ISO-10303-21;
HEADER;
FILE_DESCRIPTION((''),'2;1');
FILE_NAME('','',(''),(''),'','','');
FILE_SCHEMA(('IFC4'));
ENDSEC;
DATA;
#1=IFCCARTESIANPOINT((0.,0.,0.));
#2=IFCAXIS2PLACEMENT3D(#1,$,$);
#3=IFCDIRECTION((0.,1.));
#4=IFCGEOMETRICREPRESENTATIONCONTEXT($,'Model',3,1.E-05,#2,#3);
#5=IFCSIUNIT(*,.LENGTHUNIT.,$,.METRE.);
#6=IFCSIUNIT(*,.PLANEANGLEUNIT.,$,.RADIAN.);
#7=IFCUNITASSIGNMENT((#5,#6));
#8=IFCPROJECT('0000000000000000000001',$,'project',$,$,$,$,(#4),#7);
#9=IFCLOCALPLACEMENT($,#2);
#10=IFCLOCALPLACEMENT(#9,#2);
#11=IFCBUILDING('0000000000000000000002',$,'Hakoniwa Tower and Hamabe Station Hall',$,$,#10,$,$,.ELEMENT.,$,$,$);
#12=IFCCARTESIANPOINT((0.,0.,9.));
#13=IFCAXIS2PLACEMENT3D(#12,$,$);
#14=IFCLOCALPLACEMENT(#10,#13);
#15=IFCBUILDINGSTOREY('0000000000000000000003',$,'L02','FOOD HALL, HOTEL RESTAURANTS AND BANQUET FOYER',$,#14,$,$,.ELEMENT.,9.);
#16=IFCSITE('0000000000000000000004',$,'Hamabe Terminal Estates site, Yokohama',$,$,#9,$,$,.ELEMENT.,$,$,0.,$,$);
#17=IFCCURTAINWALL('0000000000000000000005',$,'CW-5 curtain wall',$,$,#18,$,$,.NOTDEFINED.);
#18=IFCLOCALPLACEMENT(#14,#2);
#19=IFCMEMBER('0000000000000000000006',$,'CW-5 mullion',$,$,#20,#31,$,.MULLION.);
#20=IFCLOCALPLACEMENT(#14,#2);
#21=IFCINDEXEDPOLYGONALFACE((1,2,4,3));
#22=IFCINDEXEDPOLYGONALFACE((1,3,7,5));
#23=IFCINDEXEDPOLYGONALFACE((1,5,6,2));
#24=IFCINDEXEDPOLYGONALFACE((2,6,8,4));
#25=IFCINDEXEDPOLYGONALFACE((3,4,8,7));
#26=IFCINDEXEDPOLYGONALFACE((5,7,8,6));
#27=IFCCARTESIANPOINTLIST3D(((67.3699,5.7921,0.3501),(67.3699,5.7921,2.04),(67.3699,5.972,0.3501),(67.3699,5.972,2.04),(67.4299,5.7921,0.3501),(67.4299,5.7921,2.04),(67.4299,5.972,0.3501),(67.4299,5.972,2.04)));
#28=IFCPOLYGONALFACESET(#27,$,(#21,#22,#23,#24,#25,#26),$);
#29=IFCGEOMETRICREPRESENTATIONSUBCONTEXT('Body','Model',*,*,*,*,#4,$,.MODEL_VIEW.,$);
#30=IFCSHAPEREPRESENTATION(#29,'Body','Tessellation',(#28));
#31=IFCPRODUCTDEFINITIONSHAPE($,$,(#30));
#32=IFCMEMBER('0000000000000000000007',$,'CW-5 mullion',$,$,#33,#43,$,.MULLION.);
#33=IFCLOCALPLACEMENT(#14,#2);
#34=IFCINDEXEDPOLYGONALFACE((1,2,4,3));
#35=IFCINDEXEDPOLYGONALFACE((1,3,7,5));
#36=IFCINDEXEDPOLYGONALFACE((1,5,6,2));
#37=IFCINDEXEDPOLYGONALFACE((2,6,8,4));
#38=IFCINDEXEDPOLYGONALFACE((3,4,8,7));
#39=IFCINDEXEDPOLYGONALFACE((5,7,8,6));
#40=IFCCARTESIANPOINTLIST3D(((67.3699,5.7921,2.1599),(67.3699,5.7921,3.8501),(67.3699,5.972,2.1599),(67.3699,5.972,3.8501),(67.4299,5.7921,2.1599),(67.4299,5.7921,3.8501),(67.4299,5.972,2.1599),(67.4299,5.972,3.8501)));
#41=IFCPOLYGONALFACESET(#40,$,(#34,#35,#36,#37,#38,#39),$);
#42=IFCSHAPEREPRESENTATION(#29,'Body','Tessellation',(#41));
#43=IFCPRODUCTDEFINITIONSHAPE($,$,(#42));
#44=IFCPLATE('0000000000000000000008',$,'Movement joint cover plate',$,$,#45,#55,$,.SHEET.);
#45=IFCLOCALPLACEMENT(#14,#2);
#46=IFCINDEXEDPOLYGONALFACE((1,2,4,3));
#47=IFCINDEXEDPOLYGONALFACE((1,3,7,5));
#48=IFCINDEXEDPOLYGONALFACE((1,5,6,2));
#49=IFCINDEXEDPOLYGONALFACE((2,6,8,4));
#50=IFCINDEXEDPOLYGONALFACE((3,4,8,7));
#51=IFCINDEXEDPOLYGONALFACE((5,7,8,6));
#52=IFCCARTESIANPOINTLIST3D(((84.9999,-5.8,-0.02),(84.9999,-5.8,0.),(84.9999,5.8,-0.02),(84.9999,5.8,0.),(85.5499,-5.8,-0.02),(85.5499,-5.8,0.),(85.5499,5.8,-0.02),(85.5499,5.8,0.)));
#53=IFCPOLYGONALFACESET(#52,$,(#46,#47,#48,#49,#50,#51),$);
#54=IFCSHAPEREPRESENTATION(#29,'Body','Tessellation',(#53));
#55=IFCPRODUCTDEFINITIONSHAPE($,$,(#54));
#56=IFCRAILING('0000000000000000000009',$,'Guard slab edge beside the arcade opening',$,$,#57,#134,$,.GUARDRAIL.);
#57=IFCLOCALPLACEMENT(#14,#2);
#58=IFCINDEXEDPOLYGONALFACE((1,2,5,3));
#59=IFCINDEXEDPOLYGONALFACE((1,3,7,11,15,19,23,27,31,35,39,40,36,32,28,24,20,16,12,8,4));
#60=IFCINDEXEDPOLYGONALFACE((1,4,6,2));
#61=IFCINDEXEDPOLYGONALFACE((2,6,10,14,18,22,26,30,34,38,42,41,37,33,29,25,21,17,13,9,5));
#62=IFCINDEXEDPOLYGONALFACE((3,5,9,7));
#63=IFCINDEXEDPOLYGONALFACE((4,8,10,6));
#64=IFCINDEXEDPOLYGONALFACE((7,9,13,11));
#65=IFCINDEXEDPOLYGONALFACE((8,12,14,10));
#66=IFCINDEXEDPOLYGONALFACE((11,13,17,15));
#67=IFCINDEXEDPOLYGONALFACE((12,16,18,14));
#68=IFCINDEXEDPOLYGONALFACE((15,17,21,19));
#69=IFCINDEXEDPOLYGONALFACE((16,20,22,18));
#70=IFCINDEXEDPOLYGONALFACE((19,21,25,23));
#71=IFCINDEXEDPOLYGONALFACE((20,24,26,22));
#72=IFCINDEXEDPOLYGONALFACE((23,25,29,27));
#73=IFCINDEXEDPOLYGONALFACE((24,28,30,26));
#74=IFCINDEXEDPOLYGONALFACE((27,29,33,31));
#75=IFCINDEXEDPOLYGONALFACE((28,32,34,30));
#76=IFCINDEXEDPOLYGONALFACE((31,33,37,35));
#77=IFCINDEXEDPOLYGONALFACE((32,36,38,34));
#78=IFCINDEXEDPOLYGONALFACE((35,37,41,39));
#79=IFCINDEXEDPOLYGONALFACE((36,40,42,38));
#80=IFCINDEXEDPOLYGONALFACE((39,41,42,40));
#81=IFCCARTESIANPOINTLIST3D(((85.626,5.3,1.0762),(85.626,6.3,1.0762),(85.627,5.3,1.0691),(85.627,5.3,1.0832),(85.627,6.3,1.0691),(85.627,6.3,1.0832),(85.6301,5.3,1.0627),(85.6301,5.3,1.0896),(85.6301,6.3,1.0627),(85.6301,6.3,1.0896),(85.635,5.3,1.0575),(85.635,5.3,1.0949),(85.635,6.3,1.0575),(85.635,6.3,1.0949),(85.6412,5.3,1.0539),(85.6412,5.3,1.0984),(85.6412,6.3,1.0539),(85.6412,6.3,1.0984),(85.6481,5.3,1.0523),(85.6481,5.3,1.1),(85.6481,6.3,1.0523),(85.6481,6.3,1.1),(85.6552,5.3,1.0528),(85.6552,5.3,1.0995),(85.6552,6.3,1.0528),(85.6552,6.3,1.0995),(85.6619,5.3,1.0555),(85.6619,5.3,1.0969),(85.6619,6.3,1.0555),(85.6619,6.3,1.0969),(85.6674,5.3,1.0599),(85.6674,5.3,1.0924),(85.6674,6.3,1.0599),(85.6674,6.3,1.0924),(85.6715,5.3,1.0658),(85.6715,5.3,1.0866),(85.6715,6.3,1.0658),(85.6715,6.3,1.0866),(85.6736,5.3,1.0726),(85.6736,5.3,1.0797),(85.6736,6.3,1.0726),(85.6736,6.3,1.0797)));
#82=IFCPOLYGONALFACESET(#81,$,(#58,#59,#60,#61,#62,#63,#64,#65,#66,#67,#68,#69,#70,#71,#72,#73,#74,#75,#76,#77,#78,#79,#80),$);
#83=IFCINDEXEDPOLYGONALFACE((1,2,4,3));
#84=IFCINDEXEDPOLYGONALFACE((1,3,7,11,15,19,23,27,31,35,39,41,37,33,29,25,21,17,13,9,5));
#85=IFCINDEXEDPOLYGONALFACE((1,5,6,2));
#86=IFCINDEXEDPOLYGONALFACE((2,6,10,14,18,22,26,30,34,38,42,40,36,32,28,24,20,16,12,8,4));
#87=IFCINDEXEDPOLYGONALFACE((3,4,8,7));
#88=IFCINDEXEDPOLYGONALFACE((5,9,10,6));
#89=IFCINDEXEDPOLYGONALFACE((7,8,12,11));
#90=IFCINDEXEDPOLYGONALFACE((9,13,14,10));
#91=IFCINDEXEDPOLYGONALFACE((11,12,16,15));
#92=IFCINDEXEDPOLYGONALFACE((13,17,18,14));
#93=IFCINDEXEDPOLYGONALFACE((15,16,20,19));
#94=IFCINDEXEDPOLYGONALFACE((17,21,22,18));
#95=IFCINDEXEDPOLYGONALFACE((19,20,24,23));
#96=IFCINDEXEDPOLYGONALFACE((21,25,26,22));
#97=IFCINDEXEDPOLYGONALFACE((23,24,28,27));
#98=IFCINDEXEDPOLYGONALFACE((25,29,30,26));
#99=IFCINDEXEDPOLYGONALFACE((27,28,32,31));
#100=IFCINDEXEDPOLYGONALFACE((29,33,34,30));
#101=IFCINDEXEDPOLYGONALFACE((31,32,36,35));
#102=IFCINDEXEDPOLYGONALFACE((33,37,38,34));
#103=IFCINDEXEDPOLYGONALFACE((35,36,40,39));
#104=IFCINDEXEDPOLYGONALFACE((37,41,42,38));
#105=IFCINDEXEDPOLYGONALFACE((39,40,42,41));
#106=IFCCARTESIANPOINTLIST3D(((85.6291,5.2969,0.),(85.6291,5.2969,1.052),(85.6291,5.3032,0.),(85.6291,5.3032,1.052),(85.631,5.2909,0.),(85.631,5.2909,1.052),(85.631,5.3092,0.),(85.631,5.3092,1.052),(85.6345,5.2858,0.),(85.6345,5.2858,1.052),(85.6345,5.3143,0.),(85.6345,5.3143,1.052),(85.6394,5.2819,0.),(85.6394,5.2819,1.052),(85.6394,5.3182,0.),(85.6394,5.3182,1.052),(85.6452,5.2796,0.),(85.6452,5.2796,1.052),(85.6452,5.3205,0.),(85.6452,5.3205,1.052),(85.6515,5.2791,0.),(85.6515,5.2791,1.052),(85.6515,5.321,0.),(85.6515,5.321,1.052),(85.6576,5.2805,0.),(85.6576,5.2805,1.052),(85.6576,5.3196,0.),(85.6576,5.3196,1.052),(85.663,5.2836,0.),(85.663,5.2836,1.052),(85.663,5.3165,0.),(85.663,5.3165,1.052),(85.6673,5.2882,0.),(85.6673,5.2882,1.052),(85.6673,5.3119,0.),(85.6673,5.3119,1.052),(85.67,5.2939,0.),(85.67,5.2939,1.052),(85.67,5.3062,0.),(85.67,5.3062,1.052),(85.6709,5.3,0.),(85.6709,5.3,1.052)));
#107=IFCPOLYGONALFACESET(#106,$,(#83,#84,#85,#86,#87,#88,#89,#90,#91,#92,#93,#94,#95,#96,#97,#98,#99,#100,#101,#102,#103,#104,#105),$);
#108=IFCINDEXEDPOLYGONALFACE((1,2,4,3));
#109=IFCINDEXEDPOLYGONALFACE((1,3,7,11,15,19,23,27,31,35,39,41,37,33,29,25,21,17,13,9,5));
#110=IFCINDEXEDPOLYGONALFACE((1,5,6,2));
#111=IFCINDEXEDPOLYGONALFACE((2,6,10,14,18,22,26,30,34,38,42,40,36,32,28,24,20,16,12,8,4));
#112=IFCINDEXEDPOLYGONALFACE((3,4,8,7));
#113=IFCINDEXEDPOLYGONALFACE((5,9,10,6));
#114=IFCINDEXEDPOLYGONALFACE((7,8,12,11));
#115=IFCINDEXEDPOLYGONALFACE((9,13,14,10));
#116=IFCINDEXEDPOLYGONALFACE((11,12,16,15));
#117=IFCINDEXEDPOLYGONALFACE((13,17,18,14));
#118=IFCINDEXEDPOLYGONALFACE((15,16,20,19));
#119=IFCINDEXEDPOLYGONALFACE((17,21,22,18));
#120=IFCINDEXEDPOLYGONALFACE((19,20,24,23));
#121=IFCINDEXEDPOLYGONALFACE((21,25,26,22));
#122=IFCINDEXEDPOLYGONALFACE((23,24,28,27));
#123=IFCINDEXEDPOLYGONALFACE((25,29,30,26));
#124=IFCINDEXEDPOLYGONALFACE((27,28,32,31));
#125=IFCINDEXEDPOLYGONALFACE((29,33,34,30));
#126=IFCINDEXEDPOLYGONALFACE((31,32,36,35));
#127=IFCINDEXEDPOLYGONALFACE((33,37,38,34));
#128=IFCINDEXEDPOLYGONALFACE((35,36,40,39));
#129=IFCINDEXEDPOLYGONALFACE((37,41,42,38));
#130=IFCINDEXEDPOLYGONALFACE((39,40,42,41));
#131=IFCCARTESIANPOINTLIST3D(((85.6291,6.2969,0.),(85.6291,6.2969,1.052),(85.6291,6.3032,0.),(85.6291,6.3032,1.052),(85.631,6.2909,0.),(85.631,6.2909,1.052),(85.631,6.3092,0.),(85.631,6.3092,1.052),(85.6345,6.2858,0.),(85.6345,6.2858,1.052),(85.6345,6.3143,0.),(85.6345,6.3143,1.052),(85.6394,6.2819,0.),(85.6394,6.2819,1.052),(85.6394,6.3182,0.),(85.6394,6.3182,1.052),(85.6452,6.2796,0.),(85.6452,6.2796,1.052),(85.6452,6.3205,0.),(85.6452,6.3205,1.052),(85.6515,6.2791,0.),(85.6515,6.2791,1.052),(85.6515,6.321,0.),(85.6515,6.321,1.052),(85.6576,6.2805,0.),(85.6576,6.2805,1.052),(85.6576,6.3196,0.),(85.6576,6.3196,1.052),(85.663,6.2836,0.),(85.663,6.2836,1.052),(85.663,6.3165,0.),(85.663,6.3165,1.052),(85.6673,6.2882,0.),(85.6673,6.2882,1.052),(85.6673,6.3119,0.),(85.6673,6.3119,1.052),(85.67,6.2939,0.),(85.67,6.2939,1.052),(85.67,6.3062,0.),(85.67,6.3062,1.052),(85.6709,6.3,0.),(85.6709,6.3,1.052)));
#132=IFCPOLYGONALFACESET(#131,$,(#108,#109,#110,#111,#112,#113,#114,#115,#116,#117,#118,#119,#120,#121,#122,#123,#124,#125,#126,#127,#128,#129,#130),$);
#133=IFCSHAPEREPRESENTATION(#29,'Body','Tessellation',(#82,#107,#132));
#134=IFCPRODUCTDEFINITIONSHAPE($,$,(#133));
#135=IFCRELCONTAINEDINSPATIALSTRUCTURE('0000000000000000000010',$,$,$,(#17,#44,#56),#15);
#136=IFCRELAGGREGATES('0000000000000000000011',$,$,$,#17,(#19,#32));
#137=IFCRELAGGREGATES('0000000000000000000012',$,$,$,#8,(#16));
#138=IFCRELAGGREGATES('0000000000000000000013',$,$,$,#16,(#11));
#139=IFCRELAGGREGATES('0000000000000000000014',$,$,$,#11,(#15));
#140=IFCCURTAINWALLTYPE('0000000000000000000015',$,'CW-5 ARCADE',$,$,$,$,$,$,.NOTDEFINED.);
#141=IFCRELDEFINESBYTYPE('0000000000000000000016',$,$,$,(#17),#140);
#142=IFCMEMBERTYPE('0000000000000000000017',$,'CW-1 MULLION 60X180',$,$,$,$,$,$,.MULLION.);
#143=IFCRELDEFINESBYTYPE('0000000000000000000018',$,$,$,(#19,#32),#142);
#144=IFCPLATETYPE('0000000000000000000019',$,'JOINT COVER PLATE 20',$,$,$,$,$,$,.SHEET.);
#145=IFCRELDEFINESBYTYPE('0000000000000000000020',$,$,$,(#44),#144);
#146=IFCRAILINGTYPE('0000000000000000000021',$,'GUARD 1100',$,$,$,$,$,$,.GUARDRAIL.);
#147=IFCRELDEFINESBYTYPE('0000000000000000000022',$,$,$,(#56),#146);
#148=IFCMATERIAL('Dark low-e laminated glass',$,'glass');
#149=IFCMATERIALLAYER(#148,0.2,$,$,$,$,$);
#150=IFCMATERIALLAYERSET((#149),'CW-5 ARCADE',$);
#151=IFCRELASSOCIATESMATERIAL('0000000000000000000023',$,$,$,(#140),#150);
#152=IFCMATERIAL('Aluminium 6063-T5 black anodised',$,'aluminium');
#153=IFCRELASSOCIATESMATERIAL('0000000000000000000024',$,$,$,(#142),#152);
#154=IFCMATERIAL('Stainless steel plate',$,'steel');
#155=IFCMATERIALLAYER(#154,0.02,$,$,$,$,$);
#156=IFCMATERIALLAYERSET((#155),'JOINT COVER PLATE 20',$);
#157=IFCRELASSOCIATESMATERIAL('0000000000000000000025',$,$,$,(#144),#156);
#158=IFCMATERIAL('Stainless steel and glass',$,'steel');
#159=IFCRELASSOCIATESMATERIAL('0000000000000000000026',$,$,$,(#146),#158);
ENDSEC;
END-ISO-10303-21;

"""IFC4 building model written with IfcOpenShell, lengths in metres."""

from ifc_helpers import new_model, si_unit, direction, frame, origin, origin_2d, place, context, subcontext, project, spatial, rectangle, circle, extrude, material, layer, layer_set, material_profile, profile_set, type_object, element, aggregate, save


model = new_model("IFC4")

# Units and contexts
model_context = context("Model", 3, precision=1e-05, world=origin(), true_north=direction((0.0, 1.0)))
body_context = subcontext(model_context, "Body", "Model", "MODEL_VIEW")
ifc_project = project(units=[si_unit("LENGTHUNIT", "METRE"), si_unit("PLANEANGLEUNIT", "RADIAN")], contexts=[model_context])

# Site, building, storey
site_placement = place(None, origin())
site = spatial("IfcSite", under=ifc_project, at=site_placement, Name="Hamabe Terminal Estates site, Yokohama", CompositionType="ELEMENT", RefElevation=0.0)
building_placement = place(site_placement, origin())
building = spatial("IfcBuilding", under=site, at=building_placement, Name="Hakoniwa Tower and Hamabe Station Hall", CompositionType="ELEMENT")
storey_placement = place(building_placement, frame((0.0, 0.0, 9.0)))
storey = spatial("IfcBuildingStorey", under=building, at=storey_placement, Name="L02", Description="FOOD HALL, HOTEL RESTAURANTS AND BANQUET FOYER", CompositionType="ELEMENT", Elevation=9.0)

# Curtain wall, members
ifc_material_1 = material(Name="Dark low-e laminated glass", Category="glass")
ifc_layer_1 = layer(ifc_material_1, 0.2)
ifc_layer_set_1 = layer_set([ifc_layer_1], Name="CW-5 ARCADE")
curtain_wall_type = type_object("IfcCurtainWallType", Name="CW-5 ARCADE", PredefinedType="NOTDEFINED", material=ifc_layer_set_1)
ifc_material_2 = material(Name="Aluminium 6063-T5 black anodised", Category="aluminium")
ifc_material_profile_1 = material_profile(ifc_material_2, rectangle(XDim=0.0601, YDim=0.1799, at=origin_2d()), Name="CW-1 MULLION 60X180")
ifc_profile_set_1 = profile_set([ifc_material_profile_1], Name="Aluminium 6063-T5 black anodised")
member_type = type_object("IfcMemberType", Name="CW-1 MULLION 60X180", PredefinedType="MULLION", material=ifc_profile_set_1)
curtain_wall_1_placement = place(storey_placement, origin())
curtain_wall_1 = element("IfcCurtainWall", 1, at=curtain_wall_1_placement, inside=storey, type_object=curtain_wall_type, Name="CW-5 curtain wall", PredefinedType="NOTDEFINED")
member_1_placement = place(storey_placement, frame((67.3999, 5.8821, 0.3501), z_axis=(0.0, 0.0, 1.0), x_axis=(-1.0, 0.0, 0.0)))
member_1 = element("IfcMember", 2, at=member_1_placement, type_object=member_type, Name="CW-5 mullion", PredefinedType="MULLION", context=body_context, shape_type="SweptSolid", body=[
    extrude(rectangle(XDim=0.0601, YDim=0.1799, at=origin_2d()), origin(), (0.0, 0.0, 1.0), 1.6899),
])
member_2_placement = place(storey_placement, frame((67.3999, 5.8821, 2.1599), z_axis=(0.0, 0.0, 1.0), x_axis=(-1.0, 0.0, 0.0)))
member_2 = element("IfcMember", 3, at=member_2_placement, type_object=member_type, Name="CW-5 mullion", PredefinedType="MULLION", context=body_context, shape_type="SweptSolid", body=[
    extrude(rectangle(XDim=0.0601, YDim=0.1799, at=origin_2d()), origin(), (0.0, 0.0, 1.0), 1.6902),
])
aggregate(curtain_wall_1, [member_1, member_2])

# Plate
ifc_material_3 = material(Name="Stainless steel plate", Category="steel")
ifc_layer_2 = layer(ifc_material_3, 0.02)
ifc_layer_set_2 = layer_set([ifc_layer_2], Name="JOINT COVER PLATE 20")
plate_type = type_object("IfcPlateType", Name="JOINT COVER PLATE 20", PredefinedType="SHEET", material=ifc_layer_set_2)
plate_placement = place(storey_placement, frame((85.2749, 0.0, -0.02), z_axis=(0.0, 0.0, 1.0), x_axis=(1.0, 0.0, 0.0)))
element("IfcPlate", 4, at=plate_placement, inside=storey, type_object=plate_type, Name="Movement joint cover plate", PredefinedType="SHEET", context=body_context, shape_type="SweptSolid", body=[
    extrude(rectangle(XDim=0.55, YDim=11.6001, at=origin_2d()), origin(), (0.0, 0.0, 1.0), 0.02),
])

# Railing
ifc_material_4 = material(Name="Stainless steel and glass", Category="steel")
railing_type = type_object("IfcRailingType", Name="GUARD 1100", PredefinedType="GUARDRAIL", material=ifc_material_4)
railing_1_placement = place(storey_placement, frame((85.6499, 5.3, 0.0)))
element("IfcRailing", 5, at=railing_1_placement, inside=storey, type_object=railing_type, Name="Guard slab edge beside the arcade opening", PredefinedType="GUARDRAIL", context=body_context, shape_type="SweptSolid", body=[
    extrude(circle(Radius=0.0239, at=origin_2d()), frame((0.0, 0.0, 1.0762), z_axis=(0.0, 1.0, 0.0), x_axis=(-1.0, 0.0, 0.0)), (0.0, 0.0, 1.0), 1.0),
    extrude(circle(Radius=0.021, at=origin_2d()), origin(), (0.0, 0.0, 1.0), 1.052),
    extrude(circle(Radius=0.021, at=origin_2d()), frame((0.0, 1.0, 0.0)), (0.0, 0.0, 1.0), 1.052),
])

save(model, "model.ifc")
